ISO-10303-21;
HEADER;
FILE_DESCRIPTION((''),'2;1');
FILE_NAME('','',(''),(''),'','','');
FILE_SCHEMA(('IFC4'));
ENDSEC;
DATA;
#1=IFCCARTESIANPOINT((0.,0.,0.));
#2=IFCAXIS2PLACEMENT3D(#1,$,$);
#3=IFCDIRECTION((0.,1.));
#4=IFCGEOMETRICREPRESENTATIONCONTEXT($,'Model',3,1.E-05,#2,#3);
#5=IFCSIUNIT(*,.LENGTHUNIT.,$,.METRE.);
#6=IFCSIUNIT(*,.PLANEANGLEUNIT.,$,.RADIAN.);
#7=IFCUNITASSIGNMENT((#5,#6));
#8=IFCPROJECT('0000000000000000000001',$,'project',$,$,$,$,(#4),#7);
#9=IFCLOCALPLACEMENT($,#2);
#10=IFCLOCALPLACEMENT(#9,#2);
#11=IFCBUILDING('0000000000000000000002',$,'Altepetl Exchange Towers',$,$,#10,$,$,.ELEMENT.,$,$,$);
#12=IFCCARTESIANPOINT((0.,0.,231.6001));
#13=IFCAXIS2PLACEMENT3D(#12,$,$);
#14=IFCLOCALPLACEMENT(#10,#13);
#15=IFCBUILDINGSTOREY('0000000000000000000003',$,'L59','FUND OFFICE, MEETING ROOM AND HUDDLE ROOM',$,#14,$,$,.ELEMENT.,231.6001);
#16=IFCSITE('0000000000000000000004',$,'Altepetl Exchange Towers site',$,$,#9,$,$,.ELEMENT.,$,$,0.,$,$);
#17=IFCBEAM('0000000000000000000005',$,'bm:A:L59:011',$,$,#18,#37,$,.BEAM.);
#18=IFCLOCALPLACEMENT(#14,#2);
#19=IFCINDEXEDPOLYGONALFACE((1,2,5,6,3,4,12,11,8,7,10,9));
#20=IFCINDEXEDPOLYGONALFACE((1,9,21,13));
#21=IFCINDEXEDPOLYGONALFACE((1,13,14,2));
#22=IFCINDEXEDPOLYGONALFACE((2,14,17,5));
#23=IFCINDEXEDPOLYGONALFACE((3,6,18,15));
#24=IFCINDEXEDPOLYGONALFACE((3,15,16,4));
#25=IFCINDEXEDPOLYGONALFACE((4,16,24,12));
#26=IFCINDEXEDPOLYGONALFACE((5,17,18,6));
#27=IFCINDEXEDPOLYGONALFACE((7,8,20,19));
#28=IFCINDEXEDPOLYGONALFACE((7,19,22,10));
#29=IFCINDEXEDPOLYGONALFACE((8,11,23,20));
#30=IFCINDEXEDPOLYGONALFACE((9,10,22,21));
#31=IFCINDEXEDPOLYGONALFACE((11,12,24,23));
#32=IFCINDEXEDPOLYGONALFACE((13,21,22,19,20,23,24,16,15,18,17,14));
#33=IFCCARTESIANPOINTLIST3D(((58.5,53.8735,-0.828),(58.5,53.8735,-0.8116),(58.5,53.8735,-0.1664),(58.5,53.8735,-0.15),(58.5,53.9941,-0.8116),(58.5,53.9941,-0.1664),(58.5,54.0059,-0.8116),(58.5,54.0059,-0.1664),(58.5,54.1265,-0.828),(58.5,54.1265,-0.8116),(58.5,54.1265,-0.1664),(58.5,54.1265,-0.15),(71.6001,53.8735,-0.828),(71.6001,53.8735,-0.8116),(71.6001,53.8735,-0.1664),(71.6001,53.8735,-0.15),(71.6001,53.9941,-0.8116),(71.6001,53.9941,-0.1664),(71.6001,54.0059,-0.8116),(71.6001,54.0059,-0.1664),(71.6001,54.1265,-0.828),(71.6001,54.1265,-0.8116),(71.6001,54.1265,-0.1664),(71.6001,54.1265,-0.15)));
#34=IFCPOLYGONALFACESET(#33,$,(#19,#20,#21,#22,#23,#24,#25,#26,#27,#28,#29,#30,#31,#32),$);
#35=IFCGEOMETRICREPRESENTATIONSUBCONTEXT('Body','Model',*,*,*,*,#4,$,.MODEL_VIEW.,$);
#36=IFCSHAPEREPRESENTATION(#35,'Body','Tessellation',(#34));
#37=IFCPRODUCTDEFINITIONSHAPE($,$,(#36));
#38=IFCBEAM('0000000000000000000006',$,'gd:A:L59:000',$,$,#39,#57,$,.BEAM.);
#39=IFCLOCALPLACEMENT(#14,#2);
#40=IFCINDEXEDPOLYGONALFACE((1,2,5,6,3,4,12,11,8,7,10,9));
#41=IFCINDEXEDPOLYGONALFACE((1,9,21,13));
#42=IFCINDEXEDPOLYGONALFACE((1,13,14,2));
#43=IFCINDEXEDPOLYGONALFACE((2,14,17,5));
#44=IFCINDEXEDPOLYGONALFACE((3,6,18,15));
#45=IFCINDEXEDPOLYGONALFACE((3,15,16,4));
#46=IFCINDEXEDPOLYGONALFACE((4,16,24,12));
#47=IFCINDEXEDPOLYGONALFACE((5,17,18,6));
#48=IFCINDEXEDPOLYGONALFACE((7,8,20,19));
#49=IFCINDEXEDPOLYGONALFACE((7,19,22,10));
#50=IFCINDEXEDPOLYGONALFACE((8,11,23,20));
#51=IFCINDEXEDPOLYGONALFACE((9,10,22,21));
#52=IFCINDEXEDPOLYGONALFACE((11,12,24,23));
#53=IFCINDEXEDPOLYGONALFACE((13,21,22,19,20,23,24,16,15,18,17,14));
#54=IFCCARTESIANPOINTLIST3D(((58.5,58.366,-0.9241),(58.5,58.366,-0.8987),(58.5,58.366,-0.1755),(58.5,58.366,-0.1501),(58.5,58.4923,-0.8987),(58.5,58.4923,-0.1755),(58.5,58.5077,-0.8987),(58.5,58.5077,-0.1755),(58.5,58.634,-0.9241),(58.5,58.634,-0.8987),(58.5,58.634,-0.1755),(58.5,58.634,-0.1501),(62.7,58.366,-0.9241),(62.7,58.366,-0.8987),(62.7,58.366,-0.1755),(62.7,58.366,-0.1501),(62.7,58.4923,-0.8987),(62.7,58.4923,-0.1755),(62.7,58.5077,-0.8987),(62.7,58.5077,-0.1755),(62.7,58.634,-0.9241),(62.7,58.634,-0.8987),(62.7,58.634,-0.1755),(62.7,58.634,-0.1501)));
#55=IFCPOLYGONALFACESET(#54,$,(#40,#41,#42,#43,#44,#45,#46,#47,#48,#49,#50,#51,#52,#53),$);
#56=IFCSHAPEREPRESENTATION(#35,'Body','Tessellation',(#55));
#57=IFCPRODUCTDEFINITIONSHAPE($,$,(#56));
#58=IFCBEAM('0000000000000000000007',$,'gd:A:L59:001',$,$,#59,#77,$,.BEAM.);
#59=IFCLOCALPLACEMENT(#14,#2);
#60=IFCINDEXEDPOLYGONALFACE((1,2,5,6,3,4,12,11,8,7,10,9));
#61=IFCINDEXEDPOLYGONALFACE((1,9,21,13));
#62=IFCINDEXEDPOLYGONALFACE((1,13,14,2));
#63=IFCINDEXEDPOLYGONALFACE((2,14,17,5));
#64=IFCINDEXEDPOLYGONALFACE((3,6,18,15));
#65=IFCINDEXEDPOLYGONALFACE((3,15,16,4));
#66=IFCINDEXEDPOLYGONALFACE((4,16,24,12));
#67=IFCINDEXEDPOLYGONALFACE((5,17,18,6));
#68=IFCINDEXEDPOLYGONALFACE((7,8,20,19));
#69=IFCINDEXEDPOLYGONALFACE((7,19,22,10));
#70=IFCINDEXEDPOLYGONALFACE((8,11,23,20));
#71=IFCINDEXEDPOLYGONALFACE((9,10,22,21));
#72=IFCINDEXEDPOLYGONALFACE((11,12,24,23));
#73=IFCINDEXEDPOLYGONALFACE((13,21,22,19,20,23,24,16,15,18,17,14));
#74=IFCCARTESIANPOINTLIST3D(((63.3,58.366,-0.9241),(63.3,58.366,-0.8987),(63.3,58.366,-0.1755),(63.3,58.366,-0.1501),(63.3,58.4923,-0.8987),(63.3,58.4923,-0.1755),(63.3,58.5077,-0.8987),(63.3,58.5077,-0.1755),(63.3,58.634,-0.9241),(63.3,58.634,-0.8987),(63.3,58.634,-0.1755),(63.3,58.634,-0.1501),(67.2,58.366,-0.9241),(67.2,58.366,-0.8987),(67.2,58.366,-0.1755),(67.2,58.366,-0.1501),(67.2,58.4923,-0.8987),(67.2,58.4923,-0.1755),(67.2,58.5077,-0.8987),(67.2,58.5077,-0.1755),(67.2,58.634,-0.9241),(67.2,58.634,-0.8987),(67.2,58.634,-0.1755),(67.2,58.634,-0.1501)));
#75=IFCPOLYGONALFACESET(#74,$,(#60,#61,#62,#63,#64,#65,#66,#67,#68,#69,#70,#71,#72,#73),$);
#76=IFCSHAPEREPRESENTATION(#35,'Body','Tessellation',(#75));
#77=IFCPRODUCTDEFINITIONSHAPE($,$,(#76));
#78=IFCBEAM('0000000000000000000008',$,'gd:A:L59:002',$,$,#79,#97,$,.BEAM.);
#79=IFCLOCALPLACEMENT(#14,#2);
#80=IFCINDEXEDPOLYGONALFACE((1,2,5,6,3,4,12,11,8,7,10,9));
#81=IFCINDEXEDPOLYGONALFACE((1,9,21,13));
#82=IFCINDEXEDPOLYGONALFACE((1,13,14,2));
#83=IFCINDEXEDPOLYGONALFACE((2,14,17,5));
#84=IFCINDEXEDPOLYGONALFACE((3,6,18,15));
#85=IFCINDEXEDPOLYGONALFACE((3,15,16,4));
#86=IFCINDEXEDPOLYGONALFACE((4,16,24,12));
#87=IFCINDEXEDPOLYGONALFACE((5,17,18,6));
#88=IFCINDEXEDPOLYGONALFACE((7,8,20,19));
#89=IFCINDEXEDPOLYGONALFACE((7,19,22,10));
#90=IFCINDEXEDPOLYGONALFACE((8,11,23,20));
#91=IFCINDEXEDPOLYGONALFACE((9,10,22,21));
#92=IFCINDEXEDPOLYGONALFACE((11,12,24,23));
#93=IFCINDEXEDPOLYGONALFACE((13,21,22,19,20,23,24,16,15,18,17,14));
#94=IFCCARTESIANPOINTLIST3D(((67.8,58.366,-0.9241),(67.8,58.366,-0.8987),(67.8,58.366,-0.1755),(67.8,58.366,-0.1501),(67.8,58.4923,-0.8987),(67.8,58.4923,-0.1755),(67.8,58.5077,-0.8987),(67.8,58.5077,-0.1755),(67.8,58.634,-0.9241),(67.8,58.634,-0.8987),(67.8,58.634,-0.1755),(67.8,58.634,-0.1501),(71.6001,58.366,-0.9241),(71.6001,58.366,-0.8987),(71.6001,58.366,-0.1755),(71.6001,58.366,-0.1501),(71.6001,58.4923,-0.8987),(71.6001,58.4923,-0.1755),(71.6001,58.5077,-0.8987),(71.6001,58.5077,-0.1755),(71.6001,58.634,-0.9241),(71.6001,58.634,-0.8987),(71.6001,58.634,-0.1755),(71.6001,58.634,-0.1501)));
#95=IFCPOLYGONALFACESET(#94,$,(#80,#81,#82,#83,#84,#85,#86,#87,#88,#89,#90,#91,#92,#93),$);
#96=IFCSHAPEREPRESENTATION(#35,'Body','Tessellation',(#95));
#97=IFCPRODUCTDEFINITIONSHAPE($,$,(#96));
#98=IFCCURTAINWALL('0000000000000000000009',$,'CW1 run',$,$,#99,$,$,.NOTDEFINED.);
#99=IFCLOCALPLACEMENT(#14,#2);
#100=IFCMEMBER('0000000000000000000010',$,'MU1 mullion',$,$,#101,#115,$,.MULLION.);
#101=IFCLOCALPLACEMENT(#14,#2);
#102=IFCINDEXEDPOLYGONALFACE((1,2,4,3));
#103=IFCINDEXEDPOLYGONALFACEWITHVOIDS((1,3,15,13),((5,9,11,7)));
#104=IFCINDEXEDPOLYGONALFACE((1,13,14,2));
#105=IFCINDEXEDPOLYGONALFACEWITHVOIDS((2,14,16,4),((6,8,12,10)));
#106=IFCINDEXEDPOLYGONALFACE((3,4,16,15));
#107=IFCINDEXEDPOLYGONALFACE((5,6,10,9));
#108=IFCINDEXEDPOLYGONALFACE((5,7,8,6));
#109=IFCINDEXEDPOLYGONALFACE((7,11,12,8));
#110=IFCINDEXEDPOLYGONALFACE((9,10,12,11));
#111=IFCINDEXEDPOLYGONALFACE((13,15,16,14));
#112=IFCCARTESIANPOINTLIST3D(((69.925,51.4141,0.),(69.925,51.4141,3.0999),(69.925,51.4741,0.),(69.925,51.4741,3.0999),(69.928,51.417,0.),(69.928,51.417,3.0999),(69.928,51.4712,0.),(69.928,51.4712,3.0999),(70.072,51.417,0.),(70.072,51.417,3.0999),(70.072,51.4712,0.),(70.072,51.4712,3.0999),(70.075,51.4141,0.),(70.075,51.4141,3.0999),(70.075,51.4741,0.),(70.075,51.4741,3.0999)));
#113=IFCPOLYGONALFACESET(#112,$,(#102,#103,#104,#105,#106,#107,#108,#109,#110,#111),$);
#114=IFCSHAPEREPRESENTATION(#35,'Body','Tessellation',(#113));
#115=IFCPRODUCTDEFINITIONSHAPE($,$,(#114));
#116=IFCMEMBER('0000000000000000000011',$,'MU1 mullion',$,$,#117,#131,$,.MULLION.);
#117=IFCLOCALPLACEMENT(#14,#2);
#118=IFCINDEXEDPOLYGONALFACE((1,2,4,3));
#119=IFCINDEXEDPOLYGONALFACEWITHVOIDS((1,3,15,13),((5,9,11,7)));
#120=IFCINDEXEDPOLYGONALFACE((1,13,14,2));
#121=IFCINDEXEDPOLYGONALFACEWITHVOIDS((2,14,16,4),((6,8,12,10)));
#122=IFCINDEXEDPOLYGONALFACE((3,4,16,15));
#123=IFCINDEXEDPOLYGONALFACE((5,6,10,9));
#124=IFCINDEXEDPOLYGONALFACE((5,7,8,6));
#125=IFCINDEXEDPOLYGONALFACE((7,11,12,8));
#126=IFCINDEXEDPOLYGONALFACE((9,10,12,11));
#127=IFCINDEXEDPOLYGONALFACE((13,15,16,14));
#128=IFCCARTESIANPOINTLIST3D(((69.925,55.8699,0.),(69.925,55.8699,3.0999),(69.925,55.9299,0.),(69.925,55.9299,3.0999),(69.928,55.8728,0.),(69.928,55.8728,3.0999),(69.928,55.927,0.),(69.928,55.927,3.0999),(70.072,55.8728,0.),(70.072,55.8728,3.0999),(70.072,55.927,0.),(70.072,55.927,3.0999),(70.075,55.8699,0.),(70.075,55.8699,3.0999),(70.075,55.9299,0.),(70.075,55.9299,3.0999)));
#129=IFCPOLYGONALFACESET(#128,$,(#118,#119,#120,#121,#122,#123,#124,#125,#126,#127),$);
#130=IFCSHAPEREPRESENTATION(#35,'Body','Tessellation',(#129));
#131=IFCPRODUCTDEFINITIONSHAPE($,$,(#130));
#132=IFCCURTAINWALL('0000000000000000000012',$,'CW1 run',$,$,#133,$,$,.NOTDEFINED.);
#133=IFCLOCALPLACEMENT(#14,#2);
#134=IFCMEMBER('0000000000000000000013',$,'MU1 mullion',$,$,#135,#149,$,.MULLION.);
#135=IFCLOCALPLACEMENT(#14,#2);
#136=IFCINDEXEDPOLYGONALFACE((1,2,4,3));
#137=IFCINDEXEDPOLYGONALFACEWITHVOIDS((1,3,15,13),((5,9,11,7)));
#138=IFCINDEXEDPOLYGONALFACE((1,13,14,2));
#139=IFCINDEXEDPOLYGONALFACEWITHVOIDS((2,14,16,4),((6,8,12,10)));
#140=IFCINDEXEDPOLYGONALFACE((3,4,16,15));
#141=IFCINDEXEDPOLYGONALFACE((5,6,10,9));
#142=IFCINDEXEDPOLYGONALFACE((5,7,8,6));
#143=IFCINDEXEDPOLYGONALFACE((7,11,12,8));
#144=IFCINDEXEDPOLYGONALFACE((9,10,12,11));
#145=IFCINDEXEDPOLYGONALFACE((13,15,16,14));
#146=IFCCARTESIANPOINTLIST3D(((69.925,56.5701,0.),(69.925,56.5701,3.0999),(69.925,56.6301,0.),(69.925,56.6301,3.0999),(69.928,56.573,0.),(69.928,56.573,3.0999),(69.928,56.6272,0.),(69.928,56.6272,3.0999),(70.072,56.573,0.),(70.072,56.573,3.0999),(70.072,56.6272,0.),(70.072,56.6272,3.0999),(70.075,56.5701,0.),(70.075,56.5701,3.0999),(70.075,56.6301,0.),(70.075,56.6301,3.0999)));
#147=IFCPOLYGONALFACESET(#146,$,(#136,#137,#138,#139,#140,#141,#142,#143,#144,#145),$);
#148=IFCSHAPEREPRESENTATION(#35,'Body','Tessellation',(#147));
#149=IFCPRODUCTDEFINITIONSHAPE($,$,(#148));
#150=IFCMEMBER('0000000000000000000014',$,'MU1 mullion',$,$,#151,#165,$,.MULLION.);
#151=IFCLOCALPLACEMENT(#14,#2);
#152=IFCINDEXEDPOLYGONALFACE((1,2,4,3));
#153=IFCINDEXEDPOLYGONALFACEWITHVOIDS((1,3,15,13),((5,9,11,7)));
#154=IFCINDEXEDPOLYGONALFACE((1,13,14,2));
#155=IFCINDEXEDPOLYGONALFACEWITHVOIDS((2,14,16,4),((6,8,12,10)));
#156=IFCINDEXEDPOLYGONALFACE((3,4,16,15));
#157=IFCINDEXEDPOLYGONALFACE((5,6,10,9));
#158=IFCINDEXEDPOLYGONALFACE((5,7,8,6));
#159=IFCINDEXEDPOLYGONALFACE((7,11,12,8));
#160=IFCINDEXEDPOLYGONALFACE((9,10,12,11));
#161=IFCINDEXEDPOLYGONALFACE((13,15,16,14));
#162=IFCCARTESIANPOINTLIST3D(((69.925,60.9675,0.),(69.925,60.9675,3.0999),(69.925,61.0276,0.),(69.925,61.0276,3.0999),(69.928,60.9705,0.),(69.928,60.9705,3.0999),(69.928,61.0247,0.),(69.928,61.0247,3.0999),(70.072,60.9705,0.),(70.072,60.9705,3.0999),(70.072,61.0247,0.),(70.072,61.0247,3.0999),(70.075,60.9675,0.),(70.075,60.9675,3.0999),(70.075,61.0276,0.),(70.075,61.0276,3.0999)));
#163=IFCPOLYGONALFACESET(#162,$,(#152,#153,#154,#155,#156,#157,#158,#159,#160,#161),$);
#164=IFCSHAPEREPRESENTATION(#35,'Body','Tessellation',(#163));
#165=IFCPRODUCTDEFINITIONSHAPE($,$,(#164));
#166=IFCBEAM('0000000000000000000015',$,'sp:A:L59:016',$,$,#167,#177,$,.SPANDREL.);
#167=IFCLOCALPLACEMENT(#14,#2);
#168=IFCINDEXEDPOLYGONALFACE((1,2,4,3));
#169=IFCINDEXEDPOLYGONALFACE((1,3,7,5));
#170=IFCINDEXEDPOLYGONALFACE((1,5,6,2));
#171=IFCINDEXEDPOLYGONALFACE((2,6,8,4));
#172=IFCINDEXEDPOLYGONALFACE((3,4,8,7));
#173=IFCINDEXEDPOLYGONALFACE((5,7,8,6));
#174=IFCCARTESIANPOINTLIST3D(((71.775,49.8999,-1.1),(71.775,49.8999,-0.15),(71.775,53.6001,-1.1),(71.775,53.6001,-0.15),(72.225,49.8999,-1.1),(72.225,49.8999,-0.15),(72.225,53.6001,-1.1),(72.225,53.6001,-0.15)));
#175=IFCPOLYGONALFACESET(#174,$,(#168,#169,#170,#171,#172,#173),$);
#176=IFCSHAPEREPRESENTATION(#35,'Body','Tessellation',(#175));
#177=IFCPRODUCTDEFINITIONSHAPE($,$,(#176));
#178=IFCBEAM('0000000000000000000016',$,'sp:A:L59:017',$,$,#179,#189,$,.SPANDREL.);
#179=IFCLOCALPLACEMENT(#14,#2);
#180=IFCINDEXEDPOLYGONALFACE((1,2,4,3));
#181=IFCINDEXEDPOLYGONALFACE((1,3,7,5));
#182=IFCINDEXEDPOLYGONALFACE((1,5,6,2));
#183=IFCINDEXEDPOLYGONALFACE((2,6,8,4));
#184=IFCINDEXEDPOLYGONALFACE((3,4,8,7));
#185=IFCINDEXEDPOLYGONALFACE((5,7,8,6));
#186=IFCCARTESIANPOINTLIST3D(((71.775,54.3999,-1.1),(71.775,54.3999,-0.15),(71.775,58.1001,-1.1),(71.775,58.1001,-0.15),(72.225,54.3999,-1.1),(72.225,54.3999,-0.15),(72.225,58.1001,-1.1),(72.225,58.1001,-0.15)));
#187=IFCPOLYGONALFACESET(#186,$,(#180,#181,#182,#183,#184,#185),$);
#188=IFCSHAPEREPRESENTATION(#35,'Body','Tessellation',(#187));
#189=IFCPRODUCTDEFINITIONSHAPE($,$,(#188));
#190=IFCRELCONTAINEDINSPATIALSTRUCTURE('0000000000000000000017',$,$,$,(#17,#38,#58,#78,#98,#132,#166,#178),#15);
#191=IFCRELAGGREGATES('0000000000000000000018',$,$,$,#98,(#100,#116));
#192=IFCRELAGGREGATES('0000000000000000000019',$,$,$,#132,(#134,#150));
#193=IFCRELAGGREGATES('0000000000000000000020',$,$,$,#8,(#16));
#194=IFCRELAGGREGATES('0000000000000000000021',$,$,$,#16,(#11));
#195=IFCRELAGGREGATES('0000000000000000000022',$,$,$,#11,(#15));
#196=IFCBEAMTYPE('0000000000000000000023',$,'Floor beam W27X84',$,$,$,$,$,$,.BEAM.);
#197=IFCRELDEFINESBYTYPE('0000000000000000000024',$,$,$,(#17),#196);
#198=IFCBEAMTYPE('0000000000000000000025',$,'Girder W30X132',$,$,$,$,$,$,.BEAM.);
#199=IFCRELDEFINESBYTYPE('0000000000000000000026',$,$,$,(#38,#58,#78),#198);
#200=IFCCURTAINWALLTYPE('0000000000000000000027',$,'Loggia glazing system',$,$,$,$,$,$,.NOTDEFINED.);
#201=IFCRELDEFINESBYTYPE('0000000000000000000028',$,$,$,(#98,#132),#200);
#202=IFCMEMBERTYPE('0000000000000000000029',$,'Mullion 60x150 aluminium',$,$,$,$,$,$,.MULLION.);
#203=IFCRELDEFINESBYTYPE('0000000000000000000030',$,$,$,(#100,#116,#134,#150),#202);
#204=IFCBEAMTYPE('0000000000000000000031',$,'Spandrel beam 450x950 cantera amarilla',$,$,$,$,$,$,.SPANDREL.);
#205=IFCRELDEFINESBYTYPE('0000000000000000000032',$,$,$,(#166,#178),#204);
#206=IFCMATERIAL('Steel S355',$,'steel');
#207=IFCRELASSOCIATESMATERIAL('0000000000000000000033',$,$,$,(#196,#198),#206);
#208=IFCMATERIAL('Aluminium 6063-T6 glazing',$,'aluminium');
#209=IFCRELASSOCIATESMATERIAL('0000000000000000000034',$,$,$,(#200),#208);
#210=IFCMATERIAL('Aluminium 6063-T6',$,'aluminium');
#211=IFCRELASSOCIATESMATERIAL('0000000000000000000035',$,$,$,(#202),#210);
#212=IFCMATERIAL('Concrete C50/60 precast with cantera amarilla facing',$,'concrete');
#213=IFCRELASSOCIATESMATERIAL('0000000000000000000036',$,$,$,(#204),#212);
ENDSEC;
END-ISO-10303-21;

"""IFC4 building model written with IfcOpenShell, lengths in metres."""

from ifc_helpers import new_model, si_unit, direction, frame, origin, origin_2d, place, context, subcontext, project, spatial, rectangle, hollow_rectangle, i_section, extrude, material, material_profile, profile_set, type_object, element, aggregate, save


model = new_model("IFC4")

# Units and contexts
model_context = context("Model", 3, precision=1e-05, world=origin(), true_north=direction((0.0, 1.0)))
body_context = subcontext(model_context, "Body", "Model", "MODEL_VIEW")
ifc_project = project(units=[si_unit("LENGTHUNIT", "METRE"), si_unit("PLANEANGLEUNIT", "RADIAN")], contexts=[model_context])

# Site, building, storey
site_placement = place(None, origin())
site = spatial("IfcSite", under=ifc_project, at=site_placement, Name="Altepetl Exchange Towers site", CompositionType="ELEMENT", RefElevation=0.0)
building_placement = place(site_placement, origin())
building = spatial("IfcBuilding", under=site, at=building_placement, Name="Altepetl Exchange Towers", CompositionType="ELEMENT")
storey_placement = place(building_placement, frame((0.0, 0.0, 231.6001)))
storey = spatial("IfcBuildingStorey", under=building, at=storey_placement, Name="L59", Description="FUND OFFICE, MEETING ROOM AND HUDDLE ROOM", CompositionType="ELEMENT", Elevation=231.6001)

# Beams
ifc_material_1 = material(Name="Steel S355", Category="steel")
ifc_material_profile_1 = material_profile(ifc_material_1, i_section(OverallWidth=0.2529, OverallDepth=0.678, WebThickness=0.0117, FlangeThickness=0.0164, at=origin_2d()), Name="W27X84")
ifc_profile_set_1 = profile_set([ifc_material_profile_1], Name="Steel S355")
beam_type_1 = type_object("IfcBeamType", Name="Floor beam W27X84", PredefinedType="BEAM", material=ifc_profile_set_1)
for number, where, z_axis, x_axis, name in (
    (1, (58.5, 54.0, -0.489), (1.0, 0.0, 0.0), (0.0, 1.0, 0.0), "bm:A:L59:011"),
):
    element("IfcBeam", number, at=place(storey_placement, frame(where, z_axis=z_axis, x_axis=x_axis)), inside=storey, type_object=beam_type_1, Name=name, PredefinedType="BEAM", context=body_context, shape_type="SweptSolid", body=[
        extrude(i_section(OverallWidth=0.2529, OverallDepth=0.678, WebThickness=0.0117, FlangeThickness=0.0164, at=origin_2d()), origin(), (0.0, 0.0, 1.0), 13.1001),
    ])
ifc_material_profile_2 = material_profile(ifc_material_1, i_section(OverallWidth=0.2681, OverallDepth=0.7739, WebThickness=0.0154, FlangeThickness=0.0254, at=origin_2d()), Name="W30X132")
ifc_profile_set_2 = profile_set([ifc_material_profile_2], Name="Steel S355")
beam_type_2 = type_object("IfcBeamType", Name="Girder W30X132", PredefinedType="BEAM", material=ifc_profile_set_2)
beam_1_placement = place(storey_placement, frame((58.5, 58.5, -0.5371), z_axis=(1.0, 0.0, 0.0), x_axis=(0.0, 1.0, 0.0)))
element("IfcBeam", 2, at=beam_1_placement, inside=storey, type_object=beam_type_2, Name="gd:A:L59:000", PredefinedType="BEAM", context=body_context, shape_type="SweptSolid", body=[
    extrude(i_section(OverallWidth=0.2681, OverallDepth=0.7739, WebThickness=0.0154, FlangeThickness=0.0254, at=origin_2d()), origin(), (0.0, 0.0, 1.0), 4.2),
])
beam_2_placement = place(storey_placement, frame((63.3, 58.5, -0.5371), z_axis=(1.0, 0.0, 0.0), x_axis=(0.0, 1.0, 0.0)))
element("IfcBeam", 3, at=beam_2_placement, inside=storey, type_object=beam_type_2, Name="gd:A:L59:001", PredefinedType="BEAM", context=body_context, shape_type="SweptSolid", body=[
    extrude(i_section(OverallWidth=0.2681, OverallDepth=0.7739, WebThickness=0.0154, FlangeThickness=0.0254, at=origin_2d()), origin(), (0.0, 0.0, 1.0), 3.8999),
])
beam_3_placement = place(storey_placement, frame((67.8, 58.5, -0.5371), z_axis=(1.0, 0.0, 0.0), x_axis=(0.0, 1.0, 0.0)))
element("IfcBeam", 4, at=beam_3_placement, inside=storey, type_object=beam_type_2, Name="gd:A:L59:002", PredefinedType="BEAM", context=body_context, shape_type="SweptSolid", body=[
    extrude(i_section(OverallWidth=0.2681, OverallDepth=0.7739, WebThickness=0.0154, FlangeThickness=0.0254, at=origin_2d()), origin(), (0.0, 0.0, 1.0), 3.8),
])

# Curtain walls, members
ifc_material_2 = material(Name="Aluminium 6063-T6 glazing", Category="aluminium")
curtain_wall_type = type_object("IfcCurtainWallType", Name="Loggia glazing system", PredefinedType="NOTDEFINED", material=ifc_material_2)
curtain_wall_1_placement = place(storey_placement, origin())
curtain_wall_1 = element("IfcCurtainWall", 5, at=curtain_wall_1_placement, inside=storey, type_object=curtain_wall_type, Name="CW1 run", PredefinedType="NOTDEFINED")
ifc_material_3 = material(Name="Aluminium 6063-T6", Category="aluminium")
ifc_material_profile_3 = material_profile(ifc_material_3, hollow_rectangle(XDim=0.0601, YDim=0.1499, WallThickness=0.0029, at=origin_2d()), Name="Mullion 60x150 aluminium")
ifc_profile_set_3 = profile_set([ifc_material_profile_3], Name="Aluminium 6063-T6")
member_type = type_object("IfcMemberType", Name="Mullion 60x150 aluminium", PredefinedType="MULLION", material=ifc_profile_set_3)
member_1_placement = place(storey_placement, frame((70.0, 51.4441, 0.0), z_axis=(0.0, 0.0, 1.0), x_axis=(0.0, 1.0, 0.0)))
member_1 = element("IfcMember", 6, at=member_1_placement, type_object=member_type, Name="MU1 mullion", PredefinedType="MULLION", context=body_context, shape_type="SweptSolid", body=[
    extrude(hollow_rectangle(XDim=0.0601, YDim=0.1499, WallThickness=0.0029, at=origin_2d()), origin(), (0.0, 0.0, 1.0), 3.0999),
])
member_2_placement = place(storey_placement, frame((70.0, 55.8999, 0.0), z_axis=(0.0, 0.0, 1.0), x_axis=(0.0, 1.0, 0.0)))
member_2 = element("IfcMember", 7, at=member_2_placement, type_object=member_type, Name="MU1 mullion", PredefinedType="MULLION", context=body_context, shape_type="SweptSolid", body=[
    extrude(hollow_rectangle(XDim=0.0601, YDim=0.1499, WallThickness=0.0029, at=origin_2d()), origin(), (0.0, 0.0, 1.0), 3.0999),
])
curtain_wall_2_placement = place(storey_placement, origin())
curtain_wall_2 = element("IfcCurtainWall", 8, at=curtain_wall_2_placement, inside=storey, type_object=curtain_wall_type, Name="CW1 run", PredefinedType="NOTDEFINED")
member_3_placement = place(storey_placement, frame((70.0, 56.6001, 0.0), z_axis=(0.0, 0.0, 1.0), x_axis=(0.0, 1.0, 0.0)))
member_3 = element("IfcMember", 9, at=member_3_placement, type_object=member_type, Name="MU1 mullion", PredefinedType="MULLION", context=body_context, shape_type="SweptSolid", body=[
    extrude(hollow_rectangle(XDim=0.0601, YDim=0.1499, WallThickness=0.0029, at=origin_2d()), origin(), (0.0, 0.0, 1.0), 3.0999),
])
member_4_placement = place(storey_placement, frame((70.0, 60.9976, 0.0), z_axis=(0.0, 0.0, 1.0), x_axis=(0.0, 1.0, 0.0)))
member_4 = element("IfcMember", 10, at=member_4_placement, type_object=member_type, Name="MU1 mullion", PredefinedType="MULLION", context=body_context, shape_type="SweptSolid", body=[
    extrude(hollow_rectangle(XDim=0.0601, YDim=0.1499, WallThickness=0.0029, at=origin_2d()), origin(), (0.0, 0.0, 1.0), 3.0999),
])

# Beams
ifc_material_4 = material(Name="Concrete C50/60 precast with cantera amarilla facing", Category="concrete")
ifc_material_profile_4 = material_profile(ifc_material_4, rectangle(XDim=0.45, YDim=0.95, at=origin_2d()), Name="450 x 950")
ifc_profile_set_4 = profile_set([ifc_material_profile_4], Name="Concrete C50/60 precast with cantera amarilla facing")
beam_type_3 = type_object("IfcBeamType", Name="Spandrel beam 450x950 cantera amarilla", PredefinedType="SPANDREL", material=ifc_profile_set_4)
for number, where, z_axis, x_axis, name in (
    (11, (72.0, 49.8999, -0.625), (0.0, 1.0, 0.0), (-1.0, 0.0, 0.0), "sp:A:L59:016"),
    (12, (72.0, 54.3999, -0.625), (0.0, 1.0, 0.0), (-1.0, 0.0, 0.0), "sp:A:L59:017"),
):
    element("IfcBeam", number, at=place(storey_placement, frame(where, z_axis=z_axis, x_axis=x_axis)), inside=storey, type_object=beam_type_3, Name=name, PredefinedType="SPANDREL", context=body_context, shape_type="SweptSolid", body=[
        extrude(rectangle(XDim=0.45, YDim=0.95, at=origin_2d()), origin(), (0.0, 0.0, 1.0), 3.7002),
    ])

aggregate(curtain_wall_1, [member_1, member_2])
aggregate(curtain_wall_2, [member_3, member_4])

save(model, "model.ifc")
